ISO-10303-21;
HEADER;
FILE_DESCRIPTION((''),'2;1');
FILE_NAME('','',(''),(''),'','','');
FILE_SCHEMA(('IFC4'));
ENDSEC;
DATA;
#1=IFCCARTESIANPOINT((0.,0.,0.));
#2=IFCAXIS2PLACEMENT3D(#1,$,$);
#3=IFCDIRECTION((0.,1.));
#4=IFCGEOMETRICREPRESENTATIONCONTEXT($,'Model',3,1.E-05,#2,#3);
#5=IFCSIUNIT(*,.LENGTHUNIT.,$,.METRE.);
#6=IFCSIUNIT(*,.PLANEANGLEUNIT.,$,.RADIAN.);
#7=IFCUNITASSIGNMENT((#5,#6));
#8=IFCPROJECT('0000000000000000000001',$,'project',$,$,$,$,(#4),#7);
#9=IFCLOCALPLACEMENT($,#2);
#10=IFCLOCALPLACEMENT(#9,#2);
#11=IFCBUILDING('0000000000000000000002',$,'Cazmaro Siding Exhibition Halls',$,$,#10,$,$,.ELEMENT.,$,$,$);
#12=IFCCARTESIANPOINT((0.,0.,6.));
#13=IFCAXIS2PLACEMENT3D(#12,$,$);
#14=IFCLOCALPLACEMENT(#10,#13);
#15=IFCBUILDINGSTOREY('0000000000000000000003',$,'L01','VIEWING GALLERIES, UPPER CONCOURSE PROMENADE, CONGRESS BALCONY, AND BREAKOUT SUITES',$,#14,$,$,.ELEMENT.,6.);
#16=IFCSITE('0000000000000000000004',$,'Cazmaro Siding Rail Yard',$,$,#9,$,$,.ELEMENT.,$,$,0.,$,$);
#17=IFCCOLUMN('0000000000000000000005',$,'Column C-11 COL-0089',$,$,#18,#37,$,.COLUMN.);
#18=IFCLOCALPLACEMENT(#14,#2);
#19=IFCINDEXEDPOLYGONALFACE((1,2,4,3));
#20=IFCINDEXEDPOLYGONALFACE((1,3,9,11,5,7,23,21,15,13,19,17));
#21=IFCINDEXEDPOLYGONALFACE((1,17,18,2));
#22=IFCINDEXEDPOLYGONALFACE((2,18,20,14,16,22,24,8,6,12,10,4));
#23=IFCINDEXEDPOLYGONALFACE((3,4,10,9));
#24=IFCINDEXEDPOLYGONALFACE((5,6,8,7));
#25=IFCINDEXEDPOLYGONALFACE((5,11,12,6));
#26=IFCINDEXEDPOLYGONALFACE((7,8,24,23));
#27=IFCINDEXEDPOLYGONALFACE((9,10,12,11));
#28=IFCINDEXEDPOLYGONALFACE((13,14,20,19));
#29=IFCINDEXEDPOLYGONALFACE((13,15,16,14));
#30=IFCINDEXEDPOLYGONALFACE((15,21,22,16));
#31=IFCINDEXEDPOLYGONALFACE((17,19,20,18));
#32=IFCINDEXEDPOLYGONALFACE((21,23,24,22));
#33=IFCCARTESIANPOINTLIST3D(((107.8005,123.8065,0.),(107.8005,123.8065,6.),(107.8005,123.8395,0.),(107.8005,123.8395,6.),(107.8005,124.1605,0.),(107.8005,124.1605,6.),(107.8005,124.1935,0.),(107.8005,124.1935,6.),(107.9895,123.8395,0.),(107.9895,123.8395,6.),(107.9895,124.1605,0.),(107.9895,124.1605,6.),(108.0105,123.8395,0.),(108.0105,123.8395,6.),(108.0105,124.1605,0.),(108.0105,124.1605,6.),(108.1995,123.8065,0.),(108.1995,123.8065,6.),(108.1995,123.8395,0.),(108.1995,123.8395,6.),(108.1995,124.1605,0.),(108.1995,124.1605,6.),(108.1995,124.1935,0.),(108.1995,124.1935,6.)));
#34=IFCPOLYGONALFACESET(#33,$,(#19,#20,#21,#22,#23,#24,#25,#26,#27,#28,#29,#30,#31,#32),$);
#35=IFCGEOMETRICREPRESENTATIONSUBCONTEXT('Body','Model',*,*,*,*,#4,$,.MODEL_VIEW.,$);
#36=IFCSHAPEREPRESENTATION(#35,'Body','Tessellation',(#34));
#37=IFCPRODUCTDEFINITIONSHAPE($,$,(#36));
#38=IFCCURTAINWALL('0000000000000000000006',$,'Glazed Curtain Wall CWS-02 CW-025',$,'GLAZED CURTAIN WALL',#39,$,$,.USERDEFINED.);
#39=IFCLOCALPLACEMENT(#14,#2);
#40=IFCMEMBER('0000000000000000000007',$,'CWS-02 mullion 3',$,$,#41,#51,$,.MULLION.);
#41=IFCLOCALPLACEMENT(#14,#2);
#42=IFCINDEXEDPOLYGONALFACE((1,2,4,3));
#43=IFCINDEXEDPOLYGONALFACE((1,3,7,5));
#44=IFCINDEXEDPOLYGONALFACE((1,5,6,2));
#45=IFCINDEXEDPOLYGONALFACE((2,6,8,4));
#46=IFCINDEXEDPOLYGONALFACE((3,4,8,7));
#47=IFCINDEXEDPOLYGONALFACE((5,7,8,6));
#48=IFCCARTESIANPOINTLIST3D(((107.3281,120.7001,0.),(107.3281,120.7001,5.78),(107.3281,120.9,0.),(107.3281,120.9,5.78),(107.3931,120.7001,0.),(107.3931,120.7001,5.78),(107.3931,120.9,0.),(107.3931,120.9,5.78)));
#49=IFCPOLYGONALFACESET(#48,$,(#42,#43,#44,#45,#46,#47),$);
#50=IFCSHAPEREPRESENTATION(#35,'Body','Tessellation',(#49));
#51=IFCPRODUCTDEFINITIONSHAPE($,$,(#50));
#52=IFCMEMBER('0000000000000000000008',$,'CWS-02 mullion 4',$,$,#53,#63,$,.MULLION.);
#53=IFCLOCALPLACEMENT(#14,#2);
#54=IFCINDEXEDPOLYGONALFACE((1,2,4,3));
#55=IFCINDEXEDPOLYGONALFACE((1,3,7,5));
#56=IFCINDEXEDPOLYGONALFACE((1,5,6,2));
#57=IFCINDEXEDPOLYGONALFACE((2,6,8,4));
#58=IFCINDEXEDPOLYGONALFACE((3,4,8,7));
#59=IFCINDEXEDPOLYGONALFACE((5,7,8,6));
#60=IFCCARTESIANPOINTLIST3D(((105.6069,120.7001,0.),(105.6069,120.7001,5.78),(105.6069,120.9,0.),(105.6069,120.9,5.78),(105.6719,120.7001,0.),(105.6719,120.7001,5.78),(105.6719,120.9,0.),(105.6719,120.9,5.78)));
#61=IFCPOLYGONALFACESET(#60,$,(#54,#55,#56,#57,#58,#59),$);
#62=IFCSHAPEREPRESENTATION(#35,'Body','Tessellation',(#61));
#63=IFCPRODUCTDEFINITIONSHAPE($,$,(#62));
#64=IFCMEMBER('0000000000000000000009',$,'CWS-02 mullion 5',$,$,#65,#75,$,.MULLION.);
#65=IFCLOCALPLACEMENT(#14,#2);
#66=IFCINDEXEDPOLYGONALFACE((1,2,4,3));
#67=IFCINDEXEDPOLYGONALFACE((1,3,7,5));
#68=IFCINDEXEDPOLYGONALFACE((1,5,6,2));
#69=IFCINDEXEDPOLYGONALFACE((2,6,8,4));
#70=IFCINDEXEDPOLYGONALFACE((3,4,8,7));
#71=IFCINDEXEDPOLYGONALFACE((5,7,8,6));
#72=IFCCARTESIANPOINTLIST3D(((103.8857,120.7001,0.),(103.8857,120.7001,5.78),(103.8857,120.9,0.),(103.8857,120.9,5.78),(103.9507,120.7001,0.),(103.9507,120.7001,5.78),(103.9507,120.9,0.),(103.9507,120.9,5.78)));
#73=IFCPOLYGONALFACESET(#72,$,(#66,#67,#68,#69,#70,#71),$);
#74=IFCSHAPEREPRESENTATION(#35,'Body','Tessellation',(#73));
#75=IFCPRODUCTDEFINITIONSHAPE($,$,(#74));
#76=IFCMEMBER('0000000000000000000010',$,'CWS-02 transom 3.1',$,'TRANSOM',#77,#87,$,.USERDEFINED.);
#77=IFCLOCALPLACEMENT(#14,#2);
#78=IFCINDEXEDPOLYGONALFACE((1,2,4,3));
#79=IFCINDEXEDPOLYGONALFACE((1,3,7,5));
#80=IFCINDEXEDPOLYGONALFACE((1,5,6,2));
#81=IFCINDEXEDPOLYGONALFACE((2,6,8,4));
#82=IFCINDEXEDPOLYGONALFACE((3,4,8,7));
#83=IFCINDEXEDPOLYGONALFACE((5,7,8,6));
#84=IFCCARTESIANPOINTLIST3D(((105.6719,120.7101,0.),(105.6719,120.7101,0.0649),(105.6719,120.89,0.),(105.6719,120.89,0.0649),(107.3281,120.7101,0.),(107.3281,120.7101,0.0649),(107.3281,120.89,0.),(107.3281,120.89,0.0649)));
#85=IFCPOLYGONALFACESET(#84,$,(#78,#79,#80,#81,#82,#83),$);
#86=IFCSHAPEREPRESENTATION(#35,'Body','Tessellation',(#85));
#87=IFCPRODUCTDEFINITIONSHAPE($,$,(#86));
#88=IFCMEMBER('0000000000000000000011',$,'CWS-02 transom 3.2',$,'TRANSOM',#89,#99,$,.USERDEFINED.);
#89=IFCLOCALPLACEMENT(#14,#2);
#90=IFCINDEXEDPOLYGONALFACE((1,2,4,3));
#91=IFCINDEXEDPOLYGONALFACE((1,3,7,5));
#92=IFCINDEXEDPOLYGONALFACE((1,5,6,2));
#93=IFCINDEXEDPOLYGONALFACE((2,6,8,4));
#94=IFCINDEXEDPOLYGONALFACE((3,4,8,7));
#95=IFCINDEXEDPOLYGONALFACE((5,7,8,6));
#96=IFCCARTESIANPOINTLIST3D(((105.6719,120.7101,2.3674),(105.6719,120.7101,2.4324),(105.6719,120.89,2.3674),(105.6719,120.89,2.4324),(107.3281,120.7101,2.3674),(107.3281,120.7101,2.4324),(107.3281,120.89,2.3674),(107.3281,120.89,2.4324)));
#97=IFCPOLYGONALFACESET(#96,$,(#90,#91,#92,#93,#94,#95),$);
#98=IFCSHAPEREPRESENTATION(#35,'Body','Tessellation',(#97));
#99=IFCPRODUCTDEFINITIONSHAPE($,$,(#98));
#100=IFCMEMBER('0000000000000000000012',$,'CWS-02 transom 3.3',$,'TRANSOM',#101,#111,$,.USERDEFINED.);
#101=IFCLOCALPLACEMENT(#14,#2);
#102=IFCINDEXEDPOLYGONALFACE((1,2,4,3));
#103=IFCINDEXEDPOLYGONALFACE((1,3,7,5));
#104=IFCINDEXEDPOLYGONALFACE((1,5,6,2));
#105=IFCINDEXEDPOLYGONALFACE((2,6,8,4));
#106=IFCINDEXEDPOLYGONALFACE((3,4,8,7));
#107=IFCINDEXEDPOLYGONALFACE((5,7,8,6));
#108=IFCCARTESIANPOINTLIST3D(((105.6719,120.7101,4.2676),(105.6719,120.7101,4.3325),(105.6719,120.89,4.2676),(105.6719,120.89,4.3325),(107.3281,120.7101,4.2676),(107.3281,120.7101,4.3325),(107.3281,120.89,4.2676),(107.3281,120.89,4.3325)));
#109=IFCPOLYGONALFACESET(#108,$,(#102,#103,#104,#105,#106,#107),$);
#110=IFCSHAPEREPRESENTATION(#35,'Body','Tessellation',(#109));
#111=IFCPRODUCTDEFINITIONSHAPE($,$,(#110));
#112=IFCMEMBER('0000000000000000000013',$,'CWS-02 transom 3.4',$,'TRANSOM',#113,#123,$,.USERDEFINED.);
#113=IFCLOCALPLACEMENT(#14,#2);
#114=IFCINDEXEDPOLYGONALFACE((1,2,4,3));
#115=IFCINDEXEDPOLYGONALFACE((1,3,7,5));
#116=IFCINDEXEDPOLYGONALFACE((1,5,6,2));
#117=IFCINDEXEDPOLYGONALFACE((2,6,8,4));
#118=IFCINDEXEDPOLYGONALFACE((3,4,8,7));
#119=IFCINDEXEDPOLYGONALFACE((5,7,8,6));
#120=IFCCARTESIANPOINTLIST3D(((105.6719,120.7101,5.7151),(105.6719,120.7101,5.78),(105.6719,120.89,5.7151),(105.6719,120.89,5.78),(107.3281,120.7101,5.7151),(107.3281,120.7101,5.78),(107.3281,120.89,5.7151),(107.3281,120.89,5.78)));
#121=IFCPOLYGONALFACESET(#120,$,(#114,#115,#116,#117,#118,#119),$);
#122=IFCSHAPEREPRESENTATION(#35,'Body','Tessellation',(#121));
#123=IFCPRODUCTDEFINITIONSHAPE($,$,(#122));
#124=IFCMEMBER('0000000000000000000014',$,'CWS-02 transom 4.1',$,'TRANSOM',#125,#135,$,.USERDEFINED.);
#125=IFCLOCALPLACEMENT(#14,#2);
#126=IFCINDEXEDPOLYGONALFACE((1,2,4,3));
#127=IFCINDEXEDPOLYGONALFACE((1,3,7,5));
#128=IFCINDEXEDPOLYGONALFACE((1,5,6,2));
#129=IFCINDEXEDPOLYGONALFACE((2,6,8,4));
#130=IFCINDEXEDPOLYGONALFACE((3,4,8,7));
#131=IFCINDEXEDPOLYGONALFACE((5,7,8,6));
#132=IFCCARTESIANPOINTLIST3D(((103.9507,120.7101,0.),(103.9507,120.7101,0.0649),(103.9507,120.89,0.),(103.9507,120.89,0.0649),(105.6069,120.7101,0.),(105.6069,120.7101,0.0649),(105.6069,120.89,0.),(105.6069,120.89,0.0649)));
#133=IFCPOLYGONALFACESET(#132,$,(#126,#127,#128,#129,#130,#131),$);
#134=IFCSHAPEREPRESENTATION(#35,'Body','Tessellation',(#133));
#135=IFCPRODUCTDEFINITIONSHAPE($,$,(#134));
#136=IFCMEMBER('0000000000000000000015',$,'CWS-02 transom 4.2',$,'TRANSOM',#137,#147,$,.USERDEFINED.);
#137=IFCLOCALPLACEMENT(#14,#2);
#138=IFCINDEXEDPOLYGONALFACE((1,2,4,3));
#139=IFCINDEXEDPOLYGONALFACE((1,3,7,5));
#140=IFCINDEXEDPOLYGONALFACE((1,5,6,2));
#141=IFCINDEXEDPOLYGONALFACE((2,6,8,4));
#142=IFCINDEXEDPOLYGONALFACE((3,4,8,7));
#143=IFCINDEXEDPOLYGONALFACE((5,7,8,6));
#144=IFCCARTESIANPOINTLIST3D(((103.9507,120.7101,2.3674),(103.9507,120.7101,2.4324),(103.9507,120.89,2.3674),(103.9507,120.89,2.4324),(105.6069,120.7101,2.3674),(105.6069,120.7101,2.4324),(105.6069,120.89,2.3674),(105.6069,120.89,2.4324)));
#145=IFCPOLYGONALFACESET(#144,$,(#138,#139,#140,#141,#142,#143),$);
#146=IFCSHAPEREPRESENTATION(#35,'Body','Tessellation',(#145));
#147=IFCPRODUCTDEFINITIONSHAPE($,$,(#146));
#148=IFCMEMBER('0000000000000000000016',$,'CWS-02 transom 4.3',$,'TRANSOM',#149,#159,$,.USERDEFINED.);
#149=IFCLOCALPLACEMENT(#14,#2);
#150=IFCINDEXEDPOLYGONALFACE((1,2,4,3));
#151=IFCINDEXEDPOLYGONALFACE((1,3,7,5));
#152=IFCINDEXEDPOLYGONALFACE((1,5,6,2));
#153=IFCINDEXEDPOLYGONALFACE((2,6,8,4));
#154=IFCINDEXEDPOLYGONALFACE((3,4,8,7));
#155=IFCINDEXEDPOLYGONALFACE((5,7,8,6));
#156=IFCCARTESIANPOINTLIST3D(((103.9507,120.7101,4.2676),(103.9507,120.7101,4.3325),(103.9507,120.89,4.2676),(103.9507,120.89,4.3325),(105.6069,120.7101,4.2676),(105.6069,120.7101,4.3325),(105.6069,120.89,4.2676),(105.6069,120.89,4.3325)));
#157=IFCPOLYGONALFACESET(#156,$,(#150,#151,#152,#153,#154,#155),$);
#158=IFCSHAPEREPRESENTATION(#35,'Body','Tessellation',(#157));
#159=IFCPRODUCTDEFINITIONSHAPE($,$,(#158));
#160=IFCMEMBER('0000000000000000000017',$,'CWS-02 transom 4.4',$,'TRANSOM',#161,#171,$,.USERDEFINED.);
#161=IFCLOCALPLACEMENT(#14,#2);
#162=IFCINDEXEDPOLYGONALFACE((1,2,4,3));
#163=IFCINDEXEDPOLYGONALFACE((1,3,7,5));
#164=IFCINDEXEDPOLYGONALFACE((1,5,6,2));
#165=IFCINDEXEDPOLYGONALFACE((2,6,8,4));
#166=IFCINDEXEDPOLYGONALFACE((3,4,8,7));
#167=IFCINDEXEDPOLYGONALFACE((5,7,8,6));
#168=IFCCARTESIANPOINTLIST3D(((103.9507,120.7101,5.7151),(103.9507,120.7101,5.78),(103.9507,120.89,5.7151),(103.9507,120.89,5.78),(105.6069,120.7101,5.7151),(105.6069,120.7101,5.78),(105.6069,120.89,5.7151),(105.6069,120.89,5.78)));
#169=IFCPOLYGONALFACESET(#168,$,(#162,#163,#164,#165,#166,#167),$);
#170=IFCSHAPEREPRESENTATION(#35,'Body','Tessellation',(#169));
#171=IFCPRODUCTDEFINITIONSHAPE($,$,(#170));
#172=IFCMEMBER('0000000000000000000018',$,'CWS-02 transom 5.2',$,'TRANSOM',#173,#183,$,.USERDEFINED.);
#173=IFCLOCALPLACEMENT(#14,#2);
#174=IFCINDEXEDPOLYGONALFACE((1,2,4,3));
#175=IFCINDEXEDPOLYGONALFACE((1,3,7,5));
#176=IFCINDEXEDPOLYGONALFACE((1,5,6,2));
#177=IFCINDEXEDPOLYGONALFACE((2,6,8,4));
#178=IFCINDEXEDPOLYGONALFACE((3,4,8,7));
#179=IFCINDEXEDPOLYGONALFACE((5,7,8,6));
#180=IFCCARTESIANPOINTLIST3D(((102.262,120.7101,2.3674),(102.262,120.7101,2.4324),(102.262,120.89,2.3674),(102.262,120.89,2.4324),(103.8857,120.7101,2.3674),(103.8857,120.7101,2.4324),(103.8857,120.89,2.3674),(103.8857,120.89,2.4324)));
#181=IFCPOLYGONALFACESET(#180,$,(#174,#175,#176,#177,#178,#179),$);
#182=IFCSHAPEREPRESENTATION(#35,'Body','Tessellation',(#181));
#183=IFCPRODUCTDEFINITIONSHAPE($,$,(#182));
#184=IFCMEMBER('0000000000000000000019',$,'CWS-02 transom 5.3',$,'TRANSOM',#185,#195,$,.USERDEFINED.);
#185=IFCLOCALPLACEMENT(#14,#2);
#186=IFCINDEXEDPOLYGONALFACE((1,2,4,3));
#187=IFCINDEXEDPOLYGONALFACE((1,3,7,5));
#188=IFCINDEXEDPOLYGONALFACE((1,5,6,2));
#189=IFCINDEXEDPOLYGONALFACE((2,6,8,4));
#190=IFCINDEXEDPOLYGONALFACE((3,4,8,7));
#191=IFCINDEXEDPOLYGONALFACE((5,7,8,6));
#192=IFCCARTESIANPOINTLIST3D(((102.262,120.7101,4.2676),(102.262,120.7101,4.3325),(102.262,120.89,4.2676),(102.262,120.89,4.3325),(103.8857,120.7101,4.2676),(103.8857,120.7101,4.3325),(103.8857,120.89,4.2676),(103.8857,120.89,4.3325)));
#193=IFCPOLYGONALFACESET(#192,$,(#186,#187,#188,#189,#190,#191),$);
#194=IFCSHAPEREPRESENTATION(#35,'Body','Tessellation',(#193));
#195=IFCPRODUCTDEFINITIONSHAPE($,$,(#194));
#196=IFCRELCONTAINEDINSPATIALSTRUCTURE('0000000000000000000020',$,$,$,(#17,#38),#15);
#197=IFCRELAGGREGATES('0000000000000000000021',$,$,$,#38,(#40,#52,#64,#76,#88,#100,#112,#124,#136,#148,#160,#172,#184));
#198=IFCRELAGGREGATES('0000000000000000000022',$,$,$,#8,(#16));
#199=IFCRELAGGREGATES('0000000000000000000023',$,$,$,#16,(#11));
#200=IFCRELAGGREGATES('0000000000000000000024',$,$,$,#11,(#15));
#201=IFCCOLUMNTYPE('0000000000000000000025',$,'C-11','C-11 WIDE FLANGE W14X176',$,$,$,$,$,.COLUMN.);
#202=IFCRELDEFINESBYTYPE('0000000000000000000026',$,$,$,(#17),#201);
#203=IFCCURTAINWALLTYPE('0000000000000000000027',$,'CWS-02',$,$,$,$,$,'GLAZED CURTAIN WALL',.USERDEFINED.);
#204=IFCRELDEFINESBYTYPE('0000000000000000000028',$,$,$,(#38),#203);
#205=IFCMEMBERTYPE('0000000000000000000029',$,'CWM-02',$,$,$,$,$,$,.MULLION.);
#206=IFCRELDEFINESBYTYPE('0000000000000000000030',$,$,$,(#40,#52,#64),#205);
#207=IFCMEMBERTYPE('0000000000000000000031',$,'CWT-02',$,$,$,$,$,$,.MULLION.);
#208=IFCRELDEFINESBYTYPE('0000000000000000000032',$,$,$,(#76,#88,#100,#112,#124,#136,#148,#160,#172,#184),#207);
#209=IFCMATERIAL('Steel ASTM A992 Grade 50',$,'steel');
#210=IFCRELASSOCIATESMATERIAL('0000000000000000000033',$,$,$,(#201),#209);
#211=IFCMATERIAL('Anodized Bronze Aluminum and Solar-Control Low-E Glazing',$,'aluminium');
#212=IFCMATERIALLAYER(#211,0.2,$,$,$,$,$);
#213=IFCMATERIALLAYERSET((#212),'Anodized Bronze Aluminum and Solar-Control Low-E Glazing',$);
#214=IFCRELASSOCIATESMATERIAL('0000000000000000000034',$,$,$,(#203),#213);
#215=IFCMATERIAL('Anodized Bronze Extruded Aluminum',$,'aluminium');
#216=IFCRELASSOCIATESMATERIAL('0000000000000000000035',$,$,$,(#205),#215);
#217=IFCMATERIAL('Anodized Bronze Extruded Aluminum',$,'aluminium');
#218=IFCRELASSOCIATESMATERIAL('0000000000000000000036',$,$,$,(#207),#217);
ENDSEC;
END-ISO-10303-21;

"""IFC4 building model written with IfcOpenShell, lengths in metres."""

from ifc_helpers import new_model, si_unit, direction, frame, origin, origin_2d, place, context, subcontext, project, spatial, rectangle, i_section, extrude, material, layer, layer_set, material_profile, profile_set, type_object, element, aggregate, save


model = new_model("IFC4")

# Units and contexts
model_context = context("Model", 3, precision=1e-05, world=origin(), true_north=direction((0.0, 1.0)))
body_context = subcontext(model_context, "Body", "Model", "MODEL_VIEW")
ifc_project = project(units=[si_unit("LENGTHUNIT", "METRE"), si_unit("PLANEANGLEUNIT", "RADIAN")], contexts=[model_context])

# Site, building, storey
site_placement = place(None, origin())
site = spatial("IfcSite", under=ifc_project, at=site_placement, Name="Cazmaro Siding Rail Yard", CompositionType="ELEMENT", RefElevation=0.0)
building_placement = place(site_placement, origin())
building = spatial("IfcBuilding", under=site, at=building_placement, Name="Cazmaro Siding Exhibition Halls", CompositionType="ELEMENT")
storey_placement = place(building_placement, frame((0.0, 0.0, 6.0)))
storey = spatial("IfcBuildingStorey", under=building, at=storey_placement, Name="L01", Description="VIEWING GALLERIES, UPPER CONCOURSE PROMENADE, CONGRESS BALCONY, AND BREAKOUT SUITES", CompositionType="ELEMENT", Elevation=6.0)

# Column
ifc_material_1 = material(Name="Steel ASTM A992 Grade 50", Category="steel")
ifc_material_profile_1 = material_profile(ifc_material_1, i_section(OverallWidth=0.3989, OverallDepth=0.387, WebThickness=0.021, FlangeThickness=0.033, at=origin_2d()), Name="W14X176")
ifc_profile_set_1 = profile_set([ifc_material_profile_1], Name="Steel ASTM A992 Grade 50")
column_type = type_object("IfcColumnType", Name="C-11", Description="C-11 WIDE FLANGE W14X176", PredefinedType="COLUMN", material=ifc_profile_set_1)
column_placement = place(storey_placement, frame((108.0, 124.0, 0.0), z_axis=(0.0, 0.0, 1.0), x_axis=(1.0, 0.0, 0.0)))
element("IfcColumn", 1, at=column_placement, inside=storey, type_object=column_type, Name="Column C-11 COL-0089", PredefinedType="COLUMN", context=body_context, shape_type="SweptSolid", body=[
    extrude(i_section(OverallWidth=0.3989, OverallDepth=0.387, WebThickness=0.021, FlangeThickness=0.033, at=origin_2d()), origin(), (0.0, 0.0, 1.0), 6.0),
])

# Curtain wall, members
ifc_material_2 = material(Name="Anodized Bronze Aluminum and Solar-Control Low-E Glazing", Category="aluminium")
ifc_layer_1 = layer(ifc_material_2, 0.2)
ifc_layer_set_1 = layer_set([ifc_layer_1], Name="Anodized Bronze Aluminum and Solar-Control Low-E Glazing")
curtain_wall_type = type_object("IfcCurtainWallType", Name="CWS-02", ElementType="GLAZED CURTAIN WALL", PredefinedType="USERDEFINED", material=ifc_layer_set_1)
curtain_wall_placement = place(storey_placement, origin())
curtain_wall = element("IfcCurtainWall", 2, at=curtain_wall_placement, inside=storey, type_object=curtain_wall_type, Name="Glazed Curtain Wall CWS-02 CW-025", ObjectType="GLAZED CURTAIN WALL", PredefinedType="USERDEFINED")
ifc_material_3 = material(Name="Anodized Bronze Extruded Aluminum", Category="aluminium")
ifc_material_profile_2 = material_profile(ifc_material_3, rectangle(XDim=0.2, YDim=0.0649, at=origin_2d()), Name="CWM-02")
ifc_profile_set_2 = profile_set([ifc_material_profile_2], Name="Anodized Bronze Extruded Aluminum")
member_type_1 = type_object("IfcMemberType", Name="CWM-02", PredefinedType="MULLION", material=ifc_profile_set_2)
member_1_placement = place(storey_placement, frame((107.3606, 120.8, 0.0), z_axis=(0.0, 0.0, 1.0), x_axis=(0.0, -1.0, 0.0)))
member_1 = element("IfcMember", 3, at=member_1_placement, type_object=member_type_1, Name="CWS-02 mullion 3", PredefinedType="MULLION", context=body_context, shape_type="SweptSolid", body=[
    extrude(rectangle(XDim=0.2, YDim=0.0649, at=origin_2d()), origin(), (0.0, 0.0, 1.0), 5.78),
])
member_2_placement = place(storey_placement, frame((105.6394, 120.8, 0.0), z_axis=(0.0, 0.0, 1.0), x_axis=(0.0, -1.0, 0.0)))
member_2 = element("IfcMember", 4, at=member_2_placement, type_object=member_type_1, Name="CWS-02 mullion 4", PredefinedType="MULLION", context=body_context, shape_type="SweptSolid", body=[
    extrude(rectangle(XDim=0.2, YDim=0.0649, at=origin_2d()), origin(), (0.0, 0.0, 1.0), 5.78),
])
member_3_placement = place(storey_placement, frame((103.9182, 120.8, 0.0), z_axis=(0.0, 0.0, 1.0), x_axis=(0.0, -1.0, 0.0)))
member_3 = element("IfcMember", 5, at=member_3_placement, type_object=member_type_1, Name="CWS-02 mullion 5", PredefinedType="MULLION", context=body_context, shape_type="SweptSolid", body=[
    extrude(rectangle(XDim=0.2, YDim=0.0649, at=origin_2d()), origin(), (0.0, 0.0, 1.0), 5.78),
])
ifc_material_4 = material(Name="Anodized Bronze Extruded Aluminum", Category="aluminium")
ifc_material_profile_3 = material_profile(ifc_material_4, rectangle(XDim=0.1799, YDim=0.0649, at=origin_2d()), Name="CWT-02")
ifc_profile_set_3 = profile_set([ifc_material_profile_3], Name="Anodized Bronze Extruded Aluminum")
member_type_2 = type_object("IfcMemberType", Name="CWT-02", PredefinedType="MULLION", material=ifc_profile_set_3)
member_4_placement = place(storey_placement, frame((107.3281, 120.8, 0.0325), z_axis=(-1.0, 0.0, 0.0), x_axis=(0.0, -1.0, 0.0)))
member_4 = element("IfcMember", 6, at=member_4_placement, type_object=member_type_2, Name="CWS-02 transom 3.1", ObjectType="TRANSOM", PredefinedType="USERDEFINED", context=body_context, shape_type="SweptSolid", body=[
    extrude(rectangle(XDim=0.1799, YDim=0.0649, at=origin_2d()), origin(), (0.0, 0.0, 1.0), 1.6562),
])
member_5_placement = place(storey_placement, frame((107.3281, 120.8, 2.3999), z_axis=(-1.0, 0.0, 0.0), x_axis=(0.0, -1.0, 0.0)))
member_5 = element("IfcMember", 7, at=member_5_placement, type_object=member_type_2, Name="CWS-02 transom 3.2", ObjectType="TRANSOM", PredefinedType="USERDEFINED", context=body_context, shape_type="SweptSolid", body=[
    extrude(rectangle(XDim=0.1799, YDim=0.0649, at=origin_2d()), origin(), (0.0, 0.0, 1.0), 1.6562),
])
member_6_placement = place(storey_placement, frame((107.3281, 120.8, 4.3), z_axis=(-1.0, 0.0, 0.0), x_axis=(0.0, -1.0, 0.0)))
member_6 = element("IfcMember", 8, at=member_6_placement, type_object=member_type_2, Name="CWS-02 transom 3.3", ObjectType="TRANSOM", PredefinedType="USERDEFINED", context=body_context, shape_type="SweptSolid", body=[
    extrude(rectangle(XDim=0.1799, YDim=0.0649, at=origin_2d()), origin(), (0.0, 0.0, 1.0), 1.6562),
])
member_7_placement = place(storey_placement, frame((107.3281, 120.8, 5.7476), z_axis=(-1.0, 0.0, 0.0), x_axis=(0.0, -1.0, 0.0)))
member_7 = element("IfcMember", 9, at=member_7_placement, type_object=member_type_2, Name="CWS-02 transom 3.4", ObjectType="TRANSOM", PredefinedType="USERDEFINED", context=body_context, shape_type="SweptSolid", body=[
    extrude(rectangle(XDim=0.1799, YDim=0.0649, at=origin_2d()), origin(), (0.0, 0.0, 1.0), 1.6562),
])
member_8_placement = place(storey_placement, frame((105.6069, 120.8, 0.0325), z_axis=(-1.0, 0.0, 0.0), x_axis=(0.0, -1.0, 0.0)))
member_8 = element("IfcMember", 10, at=member_8_placement, type_object=member_type_2, Name="CWS-02 transom 4.1", ObjectType="TRANSOM", PredefinedType="USERDEFINED", context=body_context, shape_type="SweptSolid", body=[
    extrude(rectangle(XDim=0.1799, YDim=0.0649, at=origin_2d()), origin(), (0.0, 0.0, 1.0), 1.6562),
])
member_9_placement = place(storey_placement, frame((105.6069, 120.8, 2.3999), z_axis=(-1.0, 0.0, 0.0), x_axis=(0.0, -1.0, 0.0)))
member_9 = element("IfcMember", 11, at=member_9_placement, type_object=member_type_2, Name="CWS-02 transom 4.2", ObjectType="TRANSOM", PredefinedType="USERDEFINED", context=body_context, shape_type="SweptSolid", body=[
    extrude(rectangle(XDim=0.1799, YDim=0.0649, at=origin_2d()), origin(), (0.0, 0.0, 1.0), 1.6562),
])
member_10_placement = place(storey_placement, frame((105.6069, 120.8, 4.3), z_axis=(-1.0, 0.0, 0.0), x_axis=(0.0, -1.0, 0.0)))
member_10 = element("IfcMember", 12, at=member_10_placement, type_object=member_type_2, Name="CWS-02 transom 4.3", ObjectType="TRANSOM", PredefinedType="USERDEFINED", context=body_context, shape_type="SweptSolid", body=[
    extrude(rectangle(XDim=0.1799, YDim=0.0649, at=origin_2d()), origin(), (0.0, 0.0, 1.0), 1.6562),
])
member_11_placement = place(storey_placement, frame((105.6069, 120.8, 5.7476), z_axis=(-1.0, 0.0, 0.0), x_axis=(0.0, -1.0, 0.0)))
member_11 = element("IfcMember", 13, at=member_11_placement, type_object=member_type_2, Name="CWS-02 transom 4.4", ObjectType="TRANSOM", PredefinedType="USERDEFINED", context=body_context, shape_type="SweptSolid", body=[
    extrude(rectangle(XDim=0.1799, YDim=0.0649, at=origin_2d()), origin(), (0.0, 0.0, 1.0), 1.6562),
])
member_12_placement = place(storey_placement, frame((103.8857, 120.8, 2.3999), z_axis=(-1.0, 0.0, 0.0), x_axis=(0.0, -1.0, 0.0)))
member_12 = element("IfcMember", 14, at=member_12_placement, type_object=member_type_2, Name="CWS-02 transom 5.2", ObjectType="TRANSOM", PredefinedType="USERDEFINED", context=body_context, shape_type="SweptSolid", body=[
    extrude(rectangle(XDim=0.1799, YDim=0.0649, at=origin_2d()), origin(), (0.0, 0.0, 1.0), 1.6238),
])
member_13_placement = place(storey_placement, frame((103.8857, 120.8, 4.3), z_axis=(-1.0, 0.0, 0.0), x_axis=(0.0, -1.0, 0.0)))
member_13 = element("IfcMember", 15, at=member_13_placement, type_object=member_type_2, Name="CWS-02 transom 5.3", ObjectType="TRANSOM", PredefinedType="USERDEFINED", context=body_context, shape_type="SweptSolid", body=[
    extrude(rectangle(XDim=0.1799, YDim=0.0649, at=origin_2d()), origin(), (0.0, 0.0, 1.0), 1.6238),
])
aggregate(curtain_wall, [member_1, member_2, member_3, member_4, member_5, member_6, member_7, member_8, member_9, member_10, member_11, member_12, member_13])

save(model, "model.ifc")
